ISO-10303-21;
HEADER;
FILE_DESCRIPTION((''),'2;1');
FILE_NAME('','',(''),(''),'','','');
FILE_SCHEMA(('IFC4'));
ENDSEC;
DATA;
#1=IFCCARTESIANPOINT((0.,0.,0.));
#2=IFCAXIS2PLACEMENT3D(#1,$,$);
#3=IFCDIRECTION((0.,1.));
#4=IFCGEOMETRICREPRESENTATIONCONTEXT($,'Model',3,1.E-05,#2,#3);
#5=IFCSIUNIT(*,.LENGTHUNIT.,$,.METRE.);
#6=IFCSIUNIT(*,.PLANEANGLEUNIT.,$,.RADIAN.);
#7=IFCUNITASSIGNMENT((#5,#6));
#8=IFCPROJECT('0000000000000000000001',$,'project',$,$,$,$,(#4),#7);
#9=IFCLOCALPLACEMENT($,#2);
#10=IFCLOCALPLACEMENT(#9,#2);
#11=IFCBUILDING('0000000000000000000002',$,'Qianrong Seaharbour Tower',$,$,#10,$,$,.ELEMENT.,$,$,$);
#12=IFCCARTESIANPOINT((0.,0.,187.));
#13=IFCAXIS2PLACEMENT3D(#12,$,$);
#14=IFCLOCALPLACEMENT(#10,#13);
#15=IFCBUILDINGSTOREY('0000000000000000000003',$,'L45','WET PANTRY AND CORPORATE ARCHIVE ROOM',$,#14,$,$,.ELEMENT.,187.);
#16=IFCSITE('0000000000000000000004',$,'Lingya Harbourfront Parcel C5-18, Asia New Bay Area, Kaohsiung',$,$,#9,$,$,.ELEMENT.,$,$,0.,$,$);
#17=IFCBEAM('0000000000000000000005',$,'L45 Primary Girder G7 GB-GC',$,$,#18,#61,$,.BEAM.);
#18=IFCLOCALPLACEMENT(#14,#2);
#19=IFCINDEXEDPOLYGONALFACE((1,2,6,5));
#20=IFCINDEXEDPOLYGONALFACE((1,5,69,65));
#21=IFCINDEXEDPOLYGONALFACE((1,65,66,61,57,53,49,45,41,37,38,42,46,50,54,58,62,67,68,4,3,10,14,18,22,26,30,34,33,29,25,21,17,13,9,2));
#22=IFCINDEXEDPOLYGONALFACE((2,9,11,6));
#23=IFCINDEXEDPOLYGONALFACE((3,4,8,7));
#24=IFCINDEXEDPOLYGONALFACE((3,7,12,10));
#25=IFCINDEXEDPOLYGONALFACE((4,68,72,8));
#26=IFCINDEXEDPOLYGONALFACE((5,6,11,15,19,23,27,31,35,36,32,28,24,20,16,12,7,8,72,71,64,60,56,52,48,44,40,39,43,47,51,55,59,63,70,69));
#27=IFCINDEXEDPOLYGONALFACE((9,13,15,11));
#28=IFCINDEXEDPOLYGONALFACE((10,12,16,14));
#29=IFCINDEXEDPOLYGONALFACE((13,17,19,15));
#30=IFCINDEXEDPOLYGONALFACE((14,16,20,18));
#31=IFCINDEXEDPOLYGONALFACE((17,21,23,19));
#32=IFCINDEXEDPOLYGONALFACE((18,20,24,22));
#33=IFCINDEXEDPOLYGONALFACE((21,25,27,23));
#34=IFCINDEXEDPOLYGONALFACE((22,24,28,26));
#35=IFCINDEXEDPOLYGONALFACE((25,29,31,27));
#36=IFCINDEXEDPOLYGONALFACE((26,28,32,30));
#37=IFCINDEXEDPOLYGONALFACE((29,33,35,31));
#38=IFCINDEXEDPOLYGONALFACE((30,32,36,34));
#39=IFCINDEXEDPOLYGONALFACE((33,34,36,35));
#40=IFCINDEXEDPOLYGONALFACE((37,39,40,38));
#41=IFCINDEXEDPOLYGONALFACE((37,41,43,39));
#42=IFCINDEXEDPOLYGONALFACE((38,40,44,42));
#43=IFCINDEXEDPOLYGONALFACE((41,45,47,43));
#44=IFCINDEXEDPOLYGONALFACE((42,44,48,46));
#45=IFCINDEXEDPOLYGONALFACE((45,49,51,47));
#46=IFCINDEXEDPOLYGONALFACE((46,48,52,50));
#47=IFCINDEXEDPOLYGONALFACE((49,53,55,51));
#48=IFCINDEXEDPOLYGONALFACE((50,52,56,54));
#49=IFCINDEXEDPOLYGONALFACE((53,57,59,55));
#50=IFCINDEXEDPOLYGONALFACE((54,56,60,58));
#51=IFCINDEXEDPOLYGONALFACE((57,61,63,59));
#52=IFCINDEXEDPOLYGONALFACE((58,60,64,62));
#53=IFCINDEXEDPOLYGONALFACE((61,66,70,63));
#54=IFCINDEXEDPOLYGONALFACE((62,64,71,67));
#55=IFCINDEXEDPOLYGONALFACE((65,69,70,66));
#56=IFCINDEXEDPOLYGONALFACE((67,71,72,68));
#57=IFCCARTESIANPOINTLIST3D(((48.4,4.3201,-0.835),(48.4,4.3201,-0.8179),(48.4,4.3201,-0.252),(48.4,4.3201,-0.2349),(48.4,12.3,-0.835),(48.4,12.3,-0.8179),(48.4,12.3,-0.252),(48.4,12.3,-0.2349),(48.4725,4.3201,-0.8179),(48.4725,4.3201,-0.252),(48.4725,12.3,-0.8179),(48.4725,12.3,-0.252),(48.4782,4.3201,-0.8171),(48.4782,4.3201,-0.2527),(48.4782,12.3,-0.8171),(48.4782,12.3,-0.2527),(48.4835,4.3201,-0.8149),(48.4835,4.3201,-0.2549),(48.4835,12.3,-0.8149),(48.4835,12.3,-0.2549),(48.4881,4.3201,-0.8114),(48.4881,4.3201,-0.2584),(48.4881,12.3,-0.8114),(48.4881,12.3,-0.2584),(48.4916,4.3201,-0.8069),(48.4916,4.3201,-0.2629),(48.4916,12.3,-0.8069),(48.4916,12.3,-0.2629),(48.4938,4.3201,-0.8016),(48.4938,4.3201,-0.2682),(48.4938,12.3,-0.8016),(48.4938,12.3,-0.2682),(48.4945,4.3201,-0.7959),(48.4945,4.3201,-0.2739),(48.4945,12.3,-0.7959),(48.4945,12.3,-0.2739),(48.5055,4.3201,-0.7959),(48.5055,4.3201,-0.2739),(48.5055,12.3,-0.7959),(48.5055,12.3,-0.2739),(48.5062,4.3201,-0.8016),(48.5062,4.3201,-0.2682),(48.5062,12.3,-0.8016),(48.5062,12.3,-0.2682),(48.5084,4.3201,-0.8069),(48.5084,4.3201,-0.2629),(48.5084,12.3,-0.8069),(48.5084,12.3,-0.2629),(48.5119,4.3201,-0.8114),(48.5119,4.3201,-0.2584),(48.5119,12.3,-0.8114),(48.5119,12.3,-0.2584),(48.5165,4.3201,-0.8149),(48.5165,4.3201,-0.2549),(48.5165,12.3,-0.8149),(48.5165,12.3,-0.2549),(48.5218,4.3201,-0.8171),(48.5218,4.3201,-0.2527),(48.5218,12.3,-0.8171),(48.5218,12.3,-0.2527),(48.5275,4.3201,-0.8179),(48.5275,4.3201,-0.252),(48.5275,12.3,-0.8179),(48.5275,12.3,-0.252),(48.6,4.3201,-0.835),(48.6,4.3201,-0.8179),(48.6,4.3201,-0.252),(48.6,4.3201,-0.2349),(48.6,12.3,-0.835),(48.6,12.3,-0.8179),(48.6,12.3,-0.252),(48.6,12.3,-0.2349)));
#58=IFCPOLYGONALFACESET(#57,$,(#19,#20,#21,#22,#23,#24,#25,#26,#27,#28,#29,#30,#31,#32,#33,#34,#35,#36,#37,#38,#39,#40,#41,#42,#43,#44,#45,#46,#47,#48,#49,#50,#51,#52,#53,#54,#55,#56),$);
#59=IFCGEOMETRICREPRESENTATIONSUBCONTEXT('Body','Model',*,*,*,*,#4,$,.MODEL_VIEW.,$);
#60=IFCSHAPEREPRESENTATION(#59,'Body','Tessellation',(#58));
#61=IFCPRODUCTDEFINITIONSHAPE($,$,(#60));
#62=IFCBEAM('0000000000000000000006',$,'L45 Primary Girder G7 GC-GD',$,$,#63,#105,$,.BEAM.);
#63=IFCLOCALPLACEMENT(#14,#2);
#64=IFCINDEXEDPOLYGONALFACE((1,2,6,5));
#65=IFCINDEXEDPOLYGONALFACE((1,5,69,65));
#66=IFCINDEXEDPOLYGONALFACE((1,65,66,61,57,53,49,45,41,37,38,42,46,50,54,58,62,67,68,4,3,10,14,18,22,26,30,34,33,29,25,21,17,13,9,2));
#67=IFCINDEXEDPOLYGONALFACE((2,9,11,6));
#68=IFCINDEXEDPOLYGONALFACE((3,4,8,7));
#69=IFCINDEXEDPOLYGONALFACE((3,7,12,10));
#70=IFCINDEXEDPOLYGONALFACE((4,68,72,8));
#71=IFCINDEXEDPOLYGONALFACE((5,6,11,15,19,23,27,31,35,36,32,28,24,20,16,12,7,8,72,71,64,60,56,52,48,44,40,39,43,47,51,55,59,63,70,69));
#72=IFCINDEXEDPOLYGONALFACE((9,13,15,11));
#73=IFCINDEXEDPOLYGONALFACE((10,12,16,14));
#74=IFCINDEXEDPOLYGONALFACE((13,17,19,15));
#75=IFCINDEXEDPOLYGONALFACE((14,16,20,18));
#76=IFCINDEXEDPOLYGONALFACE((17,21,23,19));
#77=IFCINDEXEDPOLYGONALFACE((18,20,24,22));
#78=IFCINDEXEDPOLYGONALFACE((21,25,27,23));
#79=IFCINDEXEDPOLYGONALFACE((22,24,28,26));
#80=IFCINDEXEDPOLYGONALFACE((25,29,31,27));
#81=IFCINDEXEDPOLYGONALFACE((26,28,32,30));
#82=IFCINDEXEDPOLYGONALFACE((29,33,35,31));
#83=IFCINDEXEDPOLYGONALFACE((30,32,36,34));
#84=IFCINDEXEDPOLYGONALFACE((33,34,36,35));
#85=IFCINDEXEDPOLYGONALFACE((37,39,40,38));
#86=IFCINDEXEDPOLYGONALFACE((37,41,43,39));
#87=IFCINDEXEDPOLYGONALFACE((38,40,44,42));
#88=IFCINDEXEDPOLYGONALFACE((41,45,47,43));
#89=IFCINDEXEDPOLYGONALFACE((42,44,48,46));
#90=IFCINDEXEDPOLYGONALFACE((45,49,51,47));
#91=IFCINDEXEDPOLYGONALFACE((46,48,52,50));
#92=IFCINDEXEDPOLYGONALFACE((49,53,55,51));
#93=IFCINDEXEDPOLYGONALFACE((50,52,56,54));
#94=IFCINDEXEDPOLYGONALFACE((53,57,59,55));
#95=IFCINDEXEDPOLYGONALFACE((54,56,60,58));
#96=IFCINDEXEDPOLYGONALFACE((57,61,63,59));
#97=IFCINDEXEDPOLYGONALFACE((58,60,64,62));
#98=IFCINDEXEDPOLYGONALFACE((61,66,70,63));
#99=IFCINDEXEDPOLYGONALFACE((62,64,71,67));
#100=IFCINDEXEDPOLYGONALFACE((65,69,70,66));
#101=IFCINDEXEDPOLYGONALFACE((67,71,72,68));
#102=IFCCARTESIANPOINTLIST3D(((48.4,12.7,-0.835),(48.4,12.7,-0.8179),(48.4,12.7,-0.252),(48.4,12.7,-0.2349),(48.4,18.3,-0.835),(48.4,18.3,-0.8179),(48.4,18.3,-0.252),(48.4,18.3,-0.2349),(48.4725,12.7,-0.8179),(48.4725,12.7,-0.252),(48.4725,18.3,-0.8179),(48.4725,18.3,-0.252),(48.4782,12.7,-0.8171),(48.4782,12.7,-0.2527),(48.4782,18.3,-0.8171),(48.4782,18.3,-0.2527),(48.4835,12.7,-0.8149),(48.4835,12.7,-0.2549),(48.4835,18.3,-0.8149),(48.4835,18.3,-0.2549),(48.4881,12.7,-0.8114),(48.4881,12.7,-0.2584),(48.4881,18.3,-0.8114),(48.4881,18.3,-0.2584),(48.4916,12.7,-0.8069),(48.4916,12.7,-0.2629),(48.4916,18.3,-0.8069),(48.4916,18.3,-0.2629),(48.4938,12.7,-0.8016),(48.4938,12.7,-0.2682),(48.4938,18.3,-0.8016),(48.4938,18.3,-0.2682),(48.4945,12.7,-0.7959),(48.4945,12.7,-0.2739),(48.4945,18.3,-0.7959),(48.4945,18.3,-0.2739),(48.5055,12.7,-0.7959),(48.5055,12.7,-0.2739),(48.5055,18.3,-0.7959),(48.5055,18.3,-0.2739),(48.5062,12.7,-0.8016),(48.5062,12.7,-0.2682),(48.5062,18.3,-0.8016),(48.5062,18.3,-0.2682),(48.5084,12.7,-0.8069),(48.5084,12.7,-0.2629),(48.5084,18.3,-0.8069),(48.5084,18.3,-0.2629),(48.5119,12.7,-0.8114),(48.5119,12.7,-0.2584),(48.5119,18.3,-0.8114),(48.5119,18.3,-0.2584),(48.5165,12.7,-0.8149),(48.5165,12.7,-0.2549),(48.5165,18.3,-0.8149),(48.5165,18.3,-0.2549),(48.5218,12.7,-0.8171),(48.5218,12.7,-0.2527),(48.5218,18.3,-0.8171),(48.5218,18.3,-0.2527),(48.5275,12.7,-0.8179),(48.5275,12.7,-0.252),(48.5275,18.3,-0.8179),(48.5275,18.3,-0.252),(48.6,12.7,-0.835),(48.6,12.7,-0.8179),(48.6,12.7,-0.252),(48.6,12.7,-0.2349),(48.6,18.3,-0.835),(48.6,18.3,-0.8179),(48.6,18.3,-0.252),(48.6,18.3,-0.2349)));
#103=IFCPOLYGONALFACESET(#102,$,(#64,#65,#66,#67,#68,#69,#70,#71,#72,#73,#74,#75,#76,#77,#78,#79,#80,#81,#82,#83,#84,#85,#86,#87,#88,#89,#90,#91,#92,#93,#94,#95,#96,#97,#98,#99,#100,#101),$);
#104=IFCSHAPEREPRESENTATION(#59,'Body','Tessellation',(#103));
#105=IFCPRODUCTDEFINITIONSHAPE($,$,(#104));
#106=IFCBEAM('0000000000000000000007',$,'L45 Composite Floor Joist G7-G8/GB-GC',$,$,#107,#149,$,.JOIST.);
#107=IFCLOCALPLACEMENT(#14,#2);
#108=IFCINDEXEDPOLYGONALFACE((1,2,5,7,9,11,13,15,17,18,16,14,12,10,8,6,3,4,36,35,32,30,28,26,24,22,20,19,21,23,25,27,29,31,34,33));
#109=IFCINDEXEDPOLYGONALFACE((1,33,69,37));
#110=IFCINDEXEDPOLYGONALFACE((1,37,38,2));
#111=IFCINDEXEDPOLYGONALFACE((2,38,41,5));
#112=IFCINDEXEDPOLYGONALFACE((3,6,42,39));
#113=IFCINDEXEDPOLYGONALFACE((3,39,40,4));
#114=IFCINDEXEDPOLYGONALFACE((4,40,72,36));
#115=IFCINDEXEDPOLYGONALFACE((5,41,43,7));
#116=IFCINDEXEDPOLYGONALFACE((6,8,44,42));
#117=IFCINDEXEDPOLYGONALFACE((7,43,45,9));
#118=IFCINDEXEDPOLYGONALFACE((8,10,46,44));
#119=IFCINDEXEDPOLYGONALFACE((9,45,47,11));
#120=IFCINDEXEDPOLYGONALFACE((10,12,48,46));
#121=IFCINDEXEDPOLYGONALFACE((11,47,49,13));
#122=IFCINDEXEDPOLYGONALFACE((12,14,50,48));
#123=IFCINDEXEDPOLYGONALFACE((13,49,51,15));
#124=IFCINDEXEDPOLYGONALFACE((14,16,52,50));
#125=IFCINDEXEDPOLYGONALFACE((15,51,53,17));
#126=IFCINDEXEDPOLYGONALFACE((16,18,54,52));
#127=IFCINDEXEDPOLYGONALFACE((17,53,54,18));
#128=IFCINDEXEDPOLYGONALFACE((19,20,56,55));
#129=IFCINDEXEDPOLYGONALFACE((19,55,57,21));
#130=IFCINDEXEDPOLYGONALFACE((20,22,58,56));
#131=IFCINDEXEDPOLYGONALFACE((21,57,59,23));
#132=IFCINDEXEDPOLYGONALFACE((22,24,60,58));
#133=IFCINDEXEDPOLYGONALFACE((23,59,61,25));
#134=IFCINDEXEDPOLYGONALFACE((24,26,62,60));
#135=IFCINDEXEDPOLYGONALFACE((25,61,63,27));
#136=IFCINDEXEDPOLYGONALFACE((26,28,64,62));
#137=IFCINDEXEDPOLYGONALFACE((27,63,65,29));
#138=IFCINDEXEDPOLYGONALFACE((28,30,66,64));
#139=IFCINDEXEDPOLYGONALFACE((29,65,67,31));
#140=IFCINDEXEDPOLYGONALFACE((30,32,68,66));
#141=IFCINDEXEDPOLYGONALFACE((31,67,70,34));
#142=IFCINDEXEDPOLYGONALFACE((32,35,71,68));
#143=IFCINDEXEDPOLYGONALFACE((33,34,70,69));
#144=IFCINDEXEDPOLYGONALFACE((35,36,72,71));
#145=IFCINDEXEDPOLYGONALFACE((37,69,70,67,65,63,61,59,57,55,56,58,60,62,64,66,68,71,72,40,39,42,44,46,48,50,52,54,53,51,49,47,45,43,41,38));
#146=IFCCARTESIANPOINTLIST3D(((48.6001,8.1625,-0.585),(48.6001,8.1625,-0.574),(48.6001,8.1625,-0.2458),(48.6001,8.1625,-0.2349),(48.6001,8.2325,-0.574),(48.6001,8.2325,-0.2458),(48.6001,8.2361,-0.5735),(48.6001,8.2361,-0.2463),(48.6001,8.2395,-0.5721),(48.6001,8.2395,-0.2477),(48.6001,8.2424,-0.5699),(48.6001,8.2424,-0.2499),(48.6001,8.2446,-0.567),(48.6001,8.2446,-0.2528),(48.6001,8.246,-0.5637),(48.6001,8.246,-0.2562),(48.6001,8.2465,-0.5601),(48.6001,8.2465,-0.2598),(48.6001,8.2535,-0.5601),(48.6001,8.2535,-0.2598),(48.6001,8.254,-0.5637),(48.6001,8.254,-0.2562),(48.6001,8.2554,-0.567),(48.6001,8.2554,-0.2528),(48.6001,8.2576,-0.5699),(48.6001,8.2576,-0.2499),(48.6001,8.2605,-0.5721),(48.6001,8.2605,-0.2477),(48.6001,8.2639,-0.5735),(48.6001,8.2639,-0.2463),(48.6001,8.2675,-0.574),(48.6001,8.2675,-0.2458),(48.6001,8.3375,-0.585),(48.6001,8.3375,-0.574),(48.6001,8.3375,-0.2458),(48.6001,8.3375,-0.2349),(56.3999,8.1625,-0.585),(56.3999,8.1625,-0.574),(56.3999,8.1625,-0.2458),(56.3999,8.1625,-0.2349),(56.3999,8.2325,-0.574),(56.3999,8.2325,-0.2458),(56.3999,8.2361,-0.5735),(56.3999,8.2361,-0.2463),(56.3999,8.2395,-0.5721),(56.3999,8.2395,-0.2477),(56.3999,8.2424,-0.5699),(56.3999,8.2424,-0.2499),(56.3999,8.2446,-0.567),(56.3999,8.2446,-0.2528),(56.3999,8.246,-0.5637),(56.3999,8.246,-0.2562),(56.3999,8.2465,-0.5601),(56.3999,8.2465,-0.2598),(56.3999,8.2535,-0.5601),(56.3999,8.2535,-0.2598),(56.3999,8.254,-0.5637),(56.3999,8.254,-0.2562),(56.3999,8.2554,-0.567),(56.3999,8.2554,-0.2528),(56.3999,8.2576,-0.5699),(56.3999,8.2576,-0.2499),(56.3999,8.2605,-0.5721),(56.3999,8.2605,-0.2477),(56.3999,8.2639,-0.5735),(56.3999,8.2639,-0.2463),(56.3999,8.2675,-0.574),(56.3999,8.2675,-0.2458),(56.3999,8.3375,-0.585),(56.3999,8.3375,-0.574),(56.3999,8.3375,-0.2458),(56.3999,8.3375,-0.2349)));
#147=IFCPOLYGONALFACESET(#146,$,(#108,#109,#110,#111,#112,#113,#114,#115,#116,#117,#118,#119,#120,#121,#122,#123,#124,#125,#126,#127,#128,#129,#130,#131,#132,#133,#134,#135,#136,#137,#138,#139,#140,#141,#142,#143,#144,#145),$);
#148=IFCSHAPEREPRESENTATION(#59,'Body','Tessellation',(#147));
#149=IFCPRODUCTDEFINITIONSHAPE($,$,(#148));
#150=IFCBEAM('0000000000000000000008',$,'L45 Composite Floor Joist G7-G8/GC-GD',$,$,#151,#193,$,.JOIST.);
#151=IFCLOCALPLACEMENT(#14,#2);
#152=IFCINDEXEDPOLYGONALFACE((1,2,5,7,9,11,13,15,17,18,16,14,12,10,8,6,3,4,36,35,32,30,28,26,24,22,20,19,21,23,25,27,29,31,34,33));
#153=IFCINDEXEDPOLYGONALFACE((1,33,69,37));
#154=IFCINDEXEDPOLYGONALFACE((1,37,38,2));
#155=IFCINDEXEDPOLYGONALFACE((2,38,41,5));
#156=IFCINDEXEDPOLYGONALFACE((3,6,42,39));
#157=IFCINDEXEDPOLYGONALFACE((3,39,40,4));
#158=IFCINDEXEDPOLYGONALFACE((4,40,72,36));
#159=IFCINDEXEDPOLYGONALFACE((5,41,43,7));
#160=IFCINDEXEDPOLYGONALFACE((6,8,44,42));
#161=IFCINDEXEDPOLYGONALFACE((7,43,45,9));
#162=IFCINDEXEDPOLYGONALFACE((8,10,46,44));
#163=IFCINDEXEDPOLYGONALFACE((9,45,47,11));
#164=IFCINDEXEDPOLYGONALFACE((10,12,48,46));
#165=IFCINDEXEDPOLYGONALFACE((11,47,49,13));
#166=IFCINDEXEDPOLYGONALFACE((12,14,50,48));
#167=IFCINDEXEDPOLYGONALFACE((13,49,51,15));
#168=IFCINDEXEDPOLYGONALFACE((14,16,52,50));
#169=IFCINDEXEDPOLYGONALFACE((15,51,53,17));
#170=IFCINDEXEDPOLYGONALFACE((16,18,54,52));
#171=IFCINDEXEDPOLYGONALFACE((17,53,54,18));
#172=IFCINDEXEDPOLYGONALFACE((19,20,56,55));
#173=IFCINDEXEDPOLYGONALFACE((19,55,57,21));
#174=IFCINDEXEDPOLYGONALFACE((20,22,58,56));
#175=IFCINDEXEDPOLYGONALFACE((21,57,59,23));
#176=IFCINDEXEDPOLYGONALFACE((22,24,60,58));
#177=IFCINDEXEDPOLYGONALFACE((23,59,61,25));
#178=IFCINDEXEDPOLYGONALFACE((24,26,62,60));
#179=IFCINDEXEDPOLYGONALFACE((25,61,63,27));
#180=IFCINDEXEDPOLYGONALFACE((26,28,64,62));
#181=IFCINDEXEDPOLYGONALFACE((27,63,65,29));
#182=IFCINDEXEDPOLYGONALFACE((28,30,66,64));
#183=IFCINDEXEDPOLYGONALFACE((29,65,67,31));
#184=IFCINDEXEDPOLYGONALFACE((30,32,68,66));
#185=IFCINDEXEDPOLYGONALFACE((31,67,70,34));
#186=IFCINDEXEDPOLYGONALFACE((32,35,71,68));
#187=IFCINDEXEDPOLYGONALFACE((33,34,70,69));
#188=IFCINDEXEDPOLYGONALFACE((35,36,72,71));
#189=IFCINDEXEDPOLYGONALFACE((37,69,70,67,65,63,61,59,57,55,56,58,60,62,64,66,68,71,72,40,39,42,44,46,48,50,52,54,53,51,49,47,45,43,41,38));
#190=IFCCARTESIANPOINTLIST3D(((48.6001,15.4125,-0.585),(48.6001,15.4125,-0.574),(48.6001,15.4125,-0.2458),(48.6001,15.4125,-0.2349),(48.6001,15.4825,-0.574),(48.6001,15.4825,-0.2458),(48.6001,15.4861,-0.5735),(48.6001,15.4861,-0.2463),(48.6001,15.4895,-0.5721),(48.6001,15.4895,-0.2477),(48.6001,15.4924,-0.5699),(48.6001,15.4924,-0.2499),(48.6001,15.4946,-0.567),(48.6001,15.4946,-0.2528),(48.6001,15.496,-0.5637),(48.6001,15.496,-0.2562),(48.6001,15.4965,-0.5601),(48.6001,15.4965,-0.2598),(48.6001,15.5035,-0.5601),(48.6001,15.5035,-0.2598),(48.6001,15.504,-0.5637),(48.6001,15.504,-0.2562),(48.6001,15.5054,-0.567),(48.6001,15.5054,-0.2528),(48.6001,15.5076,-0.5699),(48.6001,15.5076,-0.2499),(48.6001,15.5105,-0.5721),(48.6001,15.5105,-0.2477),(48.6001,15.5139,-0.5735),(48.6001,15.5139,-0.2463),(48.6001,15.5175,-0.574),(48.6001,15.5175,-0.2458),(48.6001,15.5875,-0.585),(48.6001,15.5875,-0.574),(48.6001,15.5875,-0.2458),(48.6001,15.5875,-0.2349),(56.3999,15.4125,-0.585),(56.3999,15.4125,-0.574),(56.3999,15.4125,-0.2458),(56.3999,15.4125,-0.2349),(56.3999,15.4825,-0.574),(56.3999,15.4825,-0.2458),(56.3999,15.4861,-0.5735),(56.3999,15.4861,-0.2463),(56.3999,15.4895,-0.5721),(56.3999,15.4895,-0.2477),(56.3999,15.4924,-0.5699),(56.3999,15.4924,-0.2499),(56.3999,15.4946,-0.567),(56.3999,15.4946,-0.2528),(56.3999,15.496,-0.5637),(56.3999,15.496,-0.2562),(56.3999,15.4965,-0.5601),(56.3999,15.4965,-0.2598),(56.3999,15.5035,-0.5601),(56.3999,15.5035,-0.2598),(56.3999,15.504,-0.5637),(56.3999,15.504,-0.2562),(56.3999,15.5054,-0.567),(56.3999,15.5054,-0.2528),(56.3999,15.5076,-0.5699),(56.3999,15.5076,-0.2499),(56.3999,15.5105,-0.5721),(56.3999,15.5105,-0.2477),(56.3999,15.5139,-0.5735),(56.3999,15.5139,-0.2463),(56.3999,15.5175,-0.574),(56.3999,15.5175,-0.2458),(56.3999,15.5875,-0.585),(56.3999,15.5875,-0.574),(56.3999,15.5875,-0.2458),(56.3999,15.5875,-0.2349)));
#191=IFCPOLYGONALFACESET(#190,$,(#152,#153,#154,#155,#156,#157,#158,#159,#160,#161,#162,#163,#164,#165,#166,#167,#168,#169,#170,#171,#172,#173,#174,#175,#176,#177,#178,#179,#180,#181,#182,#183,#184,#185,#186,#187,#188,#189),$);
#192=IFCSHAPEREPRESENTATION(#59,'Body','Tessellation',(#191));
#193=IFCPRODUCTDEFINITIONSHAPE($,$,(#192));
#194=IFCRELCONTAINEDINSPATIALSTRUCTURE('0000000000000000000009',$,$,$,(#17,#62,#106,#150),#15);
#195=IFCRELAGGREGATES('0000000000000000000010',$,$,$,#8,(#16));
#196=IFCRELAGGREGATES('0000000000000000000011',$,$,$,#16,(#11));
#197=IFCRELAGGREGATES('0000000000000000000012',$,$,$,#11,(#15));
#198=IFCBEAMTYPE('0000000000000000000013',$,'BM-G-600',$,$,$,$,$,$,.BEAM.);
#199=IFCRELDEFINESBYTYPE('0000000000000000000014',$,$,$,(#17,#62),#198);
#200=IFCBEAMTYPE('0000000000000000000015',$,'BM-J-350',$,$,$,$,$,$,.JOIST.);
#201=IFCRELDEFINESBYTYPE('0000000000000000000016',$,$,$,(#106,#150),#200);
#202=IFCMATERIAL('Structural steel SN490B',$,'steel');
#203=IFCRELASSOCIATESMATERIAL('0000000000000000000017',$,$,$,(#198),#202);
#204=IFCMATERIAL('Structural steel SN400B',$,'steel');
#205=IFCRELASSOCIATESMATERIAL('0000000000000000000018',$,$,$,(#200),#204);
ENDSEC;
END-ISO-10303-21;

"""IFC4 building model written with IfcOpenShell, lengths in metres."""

from ifc_helpers import new_model, si_unit, direction, frame, origin, origin_2d, place, context, subcontext, project, spatial, i_section, extrude, material, material_profile, profile_set, type_object, element, save


model = new_model("IFC4")

# Units and contexts
model_context = context("Model", 3, precision=1e-05, world=origin(), true_north=direction((0.0, 1.0)))
body_context = subcontext(model_context, "Body", "Model", "MODEL_VIEW")
ifc_project = project(units=[si_unit("LENGTHUNIT", "METRE"), si_unit("PLANEANGLEUNIT", "RADIAN")], contexts=[model_context])

# Site, building, storey
site_placement = place(None, origin())
site = spatial("IfcSite", under=ifc_project, at=site_placement, Name="Lingya Harbourfront Parcel C5-18, Asia New Bay Area, Kaohsiung", CompositionType="ELEMENT", RefElevation=0.0)
building_placement = place(site_placement, origin())
building = spatial("IfcBuilding", under=site, at=building_placement, Name="Qianrong Seaharbour Tower", CompositionType="ELEMENT")
storey_placement = place(building_placement, frame((0.0, 0.0, 187.0)))
storey = spatial("IfcBuildingStorey", under=building, at=storey_placement, Name="L45", Description="WET PANTRY AND CORPORATE ARCHIVE ROOM", CompositionType="ELEMENT", Elevation=187.0)

# Shared definitions
ifc_material_1 = material(Name="Structural steel SN490B", Category="steel")

# Beams
ifc_material_profile_1 = material_profile(ifc_material_1, i_section(OverallWidth=0.2, OverallDepth=0.6001, WebThickness=0.011, FlangeThickness=0.0171, FilletRadius=0.022, at=origin_2d()), Name="H600x200x11x17")
ifc_profile_set_1 = profile_set([ifc_material_profile_1], Name="Structural steel SN490B")
beam_type_1 = type_object("IfcBeamType", Name="BM-G-600", PredefinedType="BEAM", material=ifc_profile_set_1)
beam_1_placement = place(storey_placement, frame((48.5, 4.3201, -0.5349), z_axis=(0.0, 1.0, 0.0), x_axis=(-1.0, 0.0, 0.0)))
element("IfcBeam", 1, at=beam_1_placement, inside=storey, type_object=beam_type_1, Name="L45 Primary Girder G7 GB-GC", PredefinedType="BEAM", context=body_context, shape_type="SweptSolid", body=[
    extrude(i_section(OverallWidth=0.2, OverallDepth=0.6001, WebThickness=0.011, FlangeThickness=0.0171, FilletRadius=0.022, at=origin_2d()), origin(), (0.0, 0.0, 1.0), 7.98),
])
beam_2_placement = place(storey_placement, frame((48.5, 12.7, -0.5349), z_axis=(0.0, 1.0, 0.0), x_axis=(-1.0, 0.0, 0.0)))
element("IfcBeam", 2, at=beam_2_placement, inside=storey, type_object=beam_type_1, Name="L45 Primary Girder G7 GC-GD", PredefinedType="BEAM", context=body_context, shape_type="SweptSolid", body=[
    extrude(i_section(OverallWidth=0.2, OverallDepth=0.6001, WebThickness=0.011, FlangeThickness=0.0171, FilletRadius=0.022, at=origin_2d()), origin(), (0.0, 0.0, 1.0), 5.6001),
])
ifc_material_2 = material(Name="Structural steel SN400B", Category="steel")
ifc_material_profile_2 = material_profile(ifc_material_2, i_section(OverallWidth=0.175, OverallDepth=0.3501, WebThickness=0.0071, FlangeThickness=0.011, FilletRadius=0.0139, at=origin_2d()), Name="H350x175x7x11")
ifc_profile_set_2 = profile_set([ifc_material_profile_2], Name="Structural steel SN400B")
beam_type_2 = type_object("IfcBeamType", Name="BM-J-350", PredefinedType="JOIST", material=ifc_profile_set_2)
for number, where, z_axis, x_axis, name in (
    (3, (48.6001, 8.25, -0.4099), (1.0, 0.0, 0.0), (0.0, 1.0, 0.0), "L45 Composite Floor Joist G7-G8/GB-GC"),
    (4, (48.6001, 15.5, -0.4099), (1.0, 0.0, 0.0), (0.0, 1.0, 0.0), "L45 Composite Floor Joist G7-G8/GC-GD"),
):
    element("IfcBeam", number, at=place(storey_placement, frame(where, z_axis=z_axis, x_axis=x_axis)), inside=storey, type_object=beam_type_2, Name=name, PredefinedType="JOIST", context=body_context, shape_type="SweptSolid", body=[
        extrude(i_section(OverallWidth=0.175, OverallDepth=0.3501, WebThickness=0.0071, FlangeThickness=0.011, FilletRadius=0.0139, at=origin_2d()), origin(), (0.0, 0.0, 1.0), 7.7998),
    ])

save(model, "model.ifc")
